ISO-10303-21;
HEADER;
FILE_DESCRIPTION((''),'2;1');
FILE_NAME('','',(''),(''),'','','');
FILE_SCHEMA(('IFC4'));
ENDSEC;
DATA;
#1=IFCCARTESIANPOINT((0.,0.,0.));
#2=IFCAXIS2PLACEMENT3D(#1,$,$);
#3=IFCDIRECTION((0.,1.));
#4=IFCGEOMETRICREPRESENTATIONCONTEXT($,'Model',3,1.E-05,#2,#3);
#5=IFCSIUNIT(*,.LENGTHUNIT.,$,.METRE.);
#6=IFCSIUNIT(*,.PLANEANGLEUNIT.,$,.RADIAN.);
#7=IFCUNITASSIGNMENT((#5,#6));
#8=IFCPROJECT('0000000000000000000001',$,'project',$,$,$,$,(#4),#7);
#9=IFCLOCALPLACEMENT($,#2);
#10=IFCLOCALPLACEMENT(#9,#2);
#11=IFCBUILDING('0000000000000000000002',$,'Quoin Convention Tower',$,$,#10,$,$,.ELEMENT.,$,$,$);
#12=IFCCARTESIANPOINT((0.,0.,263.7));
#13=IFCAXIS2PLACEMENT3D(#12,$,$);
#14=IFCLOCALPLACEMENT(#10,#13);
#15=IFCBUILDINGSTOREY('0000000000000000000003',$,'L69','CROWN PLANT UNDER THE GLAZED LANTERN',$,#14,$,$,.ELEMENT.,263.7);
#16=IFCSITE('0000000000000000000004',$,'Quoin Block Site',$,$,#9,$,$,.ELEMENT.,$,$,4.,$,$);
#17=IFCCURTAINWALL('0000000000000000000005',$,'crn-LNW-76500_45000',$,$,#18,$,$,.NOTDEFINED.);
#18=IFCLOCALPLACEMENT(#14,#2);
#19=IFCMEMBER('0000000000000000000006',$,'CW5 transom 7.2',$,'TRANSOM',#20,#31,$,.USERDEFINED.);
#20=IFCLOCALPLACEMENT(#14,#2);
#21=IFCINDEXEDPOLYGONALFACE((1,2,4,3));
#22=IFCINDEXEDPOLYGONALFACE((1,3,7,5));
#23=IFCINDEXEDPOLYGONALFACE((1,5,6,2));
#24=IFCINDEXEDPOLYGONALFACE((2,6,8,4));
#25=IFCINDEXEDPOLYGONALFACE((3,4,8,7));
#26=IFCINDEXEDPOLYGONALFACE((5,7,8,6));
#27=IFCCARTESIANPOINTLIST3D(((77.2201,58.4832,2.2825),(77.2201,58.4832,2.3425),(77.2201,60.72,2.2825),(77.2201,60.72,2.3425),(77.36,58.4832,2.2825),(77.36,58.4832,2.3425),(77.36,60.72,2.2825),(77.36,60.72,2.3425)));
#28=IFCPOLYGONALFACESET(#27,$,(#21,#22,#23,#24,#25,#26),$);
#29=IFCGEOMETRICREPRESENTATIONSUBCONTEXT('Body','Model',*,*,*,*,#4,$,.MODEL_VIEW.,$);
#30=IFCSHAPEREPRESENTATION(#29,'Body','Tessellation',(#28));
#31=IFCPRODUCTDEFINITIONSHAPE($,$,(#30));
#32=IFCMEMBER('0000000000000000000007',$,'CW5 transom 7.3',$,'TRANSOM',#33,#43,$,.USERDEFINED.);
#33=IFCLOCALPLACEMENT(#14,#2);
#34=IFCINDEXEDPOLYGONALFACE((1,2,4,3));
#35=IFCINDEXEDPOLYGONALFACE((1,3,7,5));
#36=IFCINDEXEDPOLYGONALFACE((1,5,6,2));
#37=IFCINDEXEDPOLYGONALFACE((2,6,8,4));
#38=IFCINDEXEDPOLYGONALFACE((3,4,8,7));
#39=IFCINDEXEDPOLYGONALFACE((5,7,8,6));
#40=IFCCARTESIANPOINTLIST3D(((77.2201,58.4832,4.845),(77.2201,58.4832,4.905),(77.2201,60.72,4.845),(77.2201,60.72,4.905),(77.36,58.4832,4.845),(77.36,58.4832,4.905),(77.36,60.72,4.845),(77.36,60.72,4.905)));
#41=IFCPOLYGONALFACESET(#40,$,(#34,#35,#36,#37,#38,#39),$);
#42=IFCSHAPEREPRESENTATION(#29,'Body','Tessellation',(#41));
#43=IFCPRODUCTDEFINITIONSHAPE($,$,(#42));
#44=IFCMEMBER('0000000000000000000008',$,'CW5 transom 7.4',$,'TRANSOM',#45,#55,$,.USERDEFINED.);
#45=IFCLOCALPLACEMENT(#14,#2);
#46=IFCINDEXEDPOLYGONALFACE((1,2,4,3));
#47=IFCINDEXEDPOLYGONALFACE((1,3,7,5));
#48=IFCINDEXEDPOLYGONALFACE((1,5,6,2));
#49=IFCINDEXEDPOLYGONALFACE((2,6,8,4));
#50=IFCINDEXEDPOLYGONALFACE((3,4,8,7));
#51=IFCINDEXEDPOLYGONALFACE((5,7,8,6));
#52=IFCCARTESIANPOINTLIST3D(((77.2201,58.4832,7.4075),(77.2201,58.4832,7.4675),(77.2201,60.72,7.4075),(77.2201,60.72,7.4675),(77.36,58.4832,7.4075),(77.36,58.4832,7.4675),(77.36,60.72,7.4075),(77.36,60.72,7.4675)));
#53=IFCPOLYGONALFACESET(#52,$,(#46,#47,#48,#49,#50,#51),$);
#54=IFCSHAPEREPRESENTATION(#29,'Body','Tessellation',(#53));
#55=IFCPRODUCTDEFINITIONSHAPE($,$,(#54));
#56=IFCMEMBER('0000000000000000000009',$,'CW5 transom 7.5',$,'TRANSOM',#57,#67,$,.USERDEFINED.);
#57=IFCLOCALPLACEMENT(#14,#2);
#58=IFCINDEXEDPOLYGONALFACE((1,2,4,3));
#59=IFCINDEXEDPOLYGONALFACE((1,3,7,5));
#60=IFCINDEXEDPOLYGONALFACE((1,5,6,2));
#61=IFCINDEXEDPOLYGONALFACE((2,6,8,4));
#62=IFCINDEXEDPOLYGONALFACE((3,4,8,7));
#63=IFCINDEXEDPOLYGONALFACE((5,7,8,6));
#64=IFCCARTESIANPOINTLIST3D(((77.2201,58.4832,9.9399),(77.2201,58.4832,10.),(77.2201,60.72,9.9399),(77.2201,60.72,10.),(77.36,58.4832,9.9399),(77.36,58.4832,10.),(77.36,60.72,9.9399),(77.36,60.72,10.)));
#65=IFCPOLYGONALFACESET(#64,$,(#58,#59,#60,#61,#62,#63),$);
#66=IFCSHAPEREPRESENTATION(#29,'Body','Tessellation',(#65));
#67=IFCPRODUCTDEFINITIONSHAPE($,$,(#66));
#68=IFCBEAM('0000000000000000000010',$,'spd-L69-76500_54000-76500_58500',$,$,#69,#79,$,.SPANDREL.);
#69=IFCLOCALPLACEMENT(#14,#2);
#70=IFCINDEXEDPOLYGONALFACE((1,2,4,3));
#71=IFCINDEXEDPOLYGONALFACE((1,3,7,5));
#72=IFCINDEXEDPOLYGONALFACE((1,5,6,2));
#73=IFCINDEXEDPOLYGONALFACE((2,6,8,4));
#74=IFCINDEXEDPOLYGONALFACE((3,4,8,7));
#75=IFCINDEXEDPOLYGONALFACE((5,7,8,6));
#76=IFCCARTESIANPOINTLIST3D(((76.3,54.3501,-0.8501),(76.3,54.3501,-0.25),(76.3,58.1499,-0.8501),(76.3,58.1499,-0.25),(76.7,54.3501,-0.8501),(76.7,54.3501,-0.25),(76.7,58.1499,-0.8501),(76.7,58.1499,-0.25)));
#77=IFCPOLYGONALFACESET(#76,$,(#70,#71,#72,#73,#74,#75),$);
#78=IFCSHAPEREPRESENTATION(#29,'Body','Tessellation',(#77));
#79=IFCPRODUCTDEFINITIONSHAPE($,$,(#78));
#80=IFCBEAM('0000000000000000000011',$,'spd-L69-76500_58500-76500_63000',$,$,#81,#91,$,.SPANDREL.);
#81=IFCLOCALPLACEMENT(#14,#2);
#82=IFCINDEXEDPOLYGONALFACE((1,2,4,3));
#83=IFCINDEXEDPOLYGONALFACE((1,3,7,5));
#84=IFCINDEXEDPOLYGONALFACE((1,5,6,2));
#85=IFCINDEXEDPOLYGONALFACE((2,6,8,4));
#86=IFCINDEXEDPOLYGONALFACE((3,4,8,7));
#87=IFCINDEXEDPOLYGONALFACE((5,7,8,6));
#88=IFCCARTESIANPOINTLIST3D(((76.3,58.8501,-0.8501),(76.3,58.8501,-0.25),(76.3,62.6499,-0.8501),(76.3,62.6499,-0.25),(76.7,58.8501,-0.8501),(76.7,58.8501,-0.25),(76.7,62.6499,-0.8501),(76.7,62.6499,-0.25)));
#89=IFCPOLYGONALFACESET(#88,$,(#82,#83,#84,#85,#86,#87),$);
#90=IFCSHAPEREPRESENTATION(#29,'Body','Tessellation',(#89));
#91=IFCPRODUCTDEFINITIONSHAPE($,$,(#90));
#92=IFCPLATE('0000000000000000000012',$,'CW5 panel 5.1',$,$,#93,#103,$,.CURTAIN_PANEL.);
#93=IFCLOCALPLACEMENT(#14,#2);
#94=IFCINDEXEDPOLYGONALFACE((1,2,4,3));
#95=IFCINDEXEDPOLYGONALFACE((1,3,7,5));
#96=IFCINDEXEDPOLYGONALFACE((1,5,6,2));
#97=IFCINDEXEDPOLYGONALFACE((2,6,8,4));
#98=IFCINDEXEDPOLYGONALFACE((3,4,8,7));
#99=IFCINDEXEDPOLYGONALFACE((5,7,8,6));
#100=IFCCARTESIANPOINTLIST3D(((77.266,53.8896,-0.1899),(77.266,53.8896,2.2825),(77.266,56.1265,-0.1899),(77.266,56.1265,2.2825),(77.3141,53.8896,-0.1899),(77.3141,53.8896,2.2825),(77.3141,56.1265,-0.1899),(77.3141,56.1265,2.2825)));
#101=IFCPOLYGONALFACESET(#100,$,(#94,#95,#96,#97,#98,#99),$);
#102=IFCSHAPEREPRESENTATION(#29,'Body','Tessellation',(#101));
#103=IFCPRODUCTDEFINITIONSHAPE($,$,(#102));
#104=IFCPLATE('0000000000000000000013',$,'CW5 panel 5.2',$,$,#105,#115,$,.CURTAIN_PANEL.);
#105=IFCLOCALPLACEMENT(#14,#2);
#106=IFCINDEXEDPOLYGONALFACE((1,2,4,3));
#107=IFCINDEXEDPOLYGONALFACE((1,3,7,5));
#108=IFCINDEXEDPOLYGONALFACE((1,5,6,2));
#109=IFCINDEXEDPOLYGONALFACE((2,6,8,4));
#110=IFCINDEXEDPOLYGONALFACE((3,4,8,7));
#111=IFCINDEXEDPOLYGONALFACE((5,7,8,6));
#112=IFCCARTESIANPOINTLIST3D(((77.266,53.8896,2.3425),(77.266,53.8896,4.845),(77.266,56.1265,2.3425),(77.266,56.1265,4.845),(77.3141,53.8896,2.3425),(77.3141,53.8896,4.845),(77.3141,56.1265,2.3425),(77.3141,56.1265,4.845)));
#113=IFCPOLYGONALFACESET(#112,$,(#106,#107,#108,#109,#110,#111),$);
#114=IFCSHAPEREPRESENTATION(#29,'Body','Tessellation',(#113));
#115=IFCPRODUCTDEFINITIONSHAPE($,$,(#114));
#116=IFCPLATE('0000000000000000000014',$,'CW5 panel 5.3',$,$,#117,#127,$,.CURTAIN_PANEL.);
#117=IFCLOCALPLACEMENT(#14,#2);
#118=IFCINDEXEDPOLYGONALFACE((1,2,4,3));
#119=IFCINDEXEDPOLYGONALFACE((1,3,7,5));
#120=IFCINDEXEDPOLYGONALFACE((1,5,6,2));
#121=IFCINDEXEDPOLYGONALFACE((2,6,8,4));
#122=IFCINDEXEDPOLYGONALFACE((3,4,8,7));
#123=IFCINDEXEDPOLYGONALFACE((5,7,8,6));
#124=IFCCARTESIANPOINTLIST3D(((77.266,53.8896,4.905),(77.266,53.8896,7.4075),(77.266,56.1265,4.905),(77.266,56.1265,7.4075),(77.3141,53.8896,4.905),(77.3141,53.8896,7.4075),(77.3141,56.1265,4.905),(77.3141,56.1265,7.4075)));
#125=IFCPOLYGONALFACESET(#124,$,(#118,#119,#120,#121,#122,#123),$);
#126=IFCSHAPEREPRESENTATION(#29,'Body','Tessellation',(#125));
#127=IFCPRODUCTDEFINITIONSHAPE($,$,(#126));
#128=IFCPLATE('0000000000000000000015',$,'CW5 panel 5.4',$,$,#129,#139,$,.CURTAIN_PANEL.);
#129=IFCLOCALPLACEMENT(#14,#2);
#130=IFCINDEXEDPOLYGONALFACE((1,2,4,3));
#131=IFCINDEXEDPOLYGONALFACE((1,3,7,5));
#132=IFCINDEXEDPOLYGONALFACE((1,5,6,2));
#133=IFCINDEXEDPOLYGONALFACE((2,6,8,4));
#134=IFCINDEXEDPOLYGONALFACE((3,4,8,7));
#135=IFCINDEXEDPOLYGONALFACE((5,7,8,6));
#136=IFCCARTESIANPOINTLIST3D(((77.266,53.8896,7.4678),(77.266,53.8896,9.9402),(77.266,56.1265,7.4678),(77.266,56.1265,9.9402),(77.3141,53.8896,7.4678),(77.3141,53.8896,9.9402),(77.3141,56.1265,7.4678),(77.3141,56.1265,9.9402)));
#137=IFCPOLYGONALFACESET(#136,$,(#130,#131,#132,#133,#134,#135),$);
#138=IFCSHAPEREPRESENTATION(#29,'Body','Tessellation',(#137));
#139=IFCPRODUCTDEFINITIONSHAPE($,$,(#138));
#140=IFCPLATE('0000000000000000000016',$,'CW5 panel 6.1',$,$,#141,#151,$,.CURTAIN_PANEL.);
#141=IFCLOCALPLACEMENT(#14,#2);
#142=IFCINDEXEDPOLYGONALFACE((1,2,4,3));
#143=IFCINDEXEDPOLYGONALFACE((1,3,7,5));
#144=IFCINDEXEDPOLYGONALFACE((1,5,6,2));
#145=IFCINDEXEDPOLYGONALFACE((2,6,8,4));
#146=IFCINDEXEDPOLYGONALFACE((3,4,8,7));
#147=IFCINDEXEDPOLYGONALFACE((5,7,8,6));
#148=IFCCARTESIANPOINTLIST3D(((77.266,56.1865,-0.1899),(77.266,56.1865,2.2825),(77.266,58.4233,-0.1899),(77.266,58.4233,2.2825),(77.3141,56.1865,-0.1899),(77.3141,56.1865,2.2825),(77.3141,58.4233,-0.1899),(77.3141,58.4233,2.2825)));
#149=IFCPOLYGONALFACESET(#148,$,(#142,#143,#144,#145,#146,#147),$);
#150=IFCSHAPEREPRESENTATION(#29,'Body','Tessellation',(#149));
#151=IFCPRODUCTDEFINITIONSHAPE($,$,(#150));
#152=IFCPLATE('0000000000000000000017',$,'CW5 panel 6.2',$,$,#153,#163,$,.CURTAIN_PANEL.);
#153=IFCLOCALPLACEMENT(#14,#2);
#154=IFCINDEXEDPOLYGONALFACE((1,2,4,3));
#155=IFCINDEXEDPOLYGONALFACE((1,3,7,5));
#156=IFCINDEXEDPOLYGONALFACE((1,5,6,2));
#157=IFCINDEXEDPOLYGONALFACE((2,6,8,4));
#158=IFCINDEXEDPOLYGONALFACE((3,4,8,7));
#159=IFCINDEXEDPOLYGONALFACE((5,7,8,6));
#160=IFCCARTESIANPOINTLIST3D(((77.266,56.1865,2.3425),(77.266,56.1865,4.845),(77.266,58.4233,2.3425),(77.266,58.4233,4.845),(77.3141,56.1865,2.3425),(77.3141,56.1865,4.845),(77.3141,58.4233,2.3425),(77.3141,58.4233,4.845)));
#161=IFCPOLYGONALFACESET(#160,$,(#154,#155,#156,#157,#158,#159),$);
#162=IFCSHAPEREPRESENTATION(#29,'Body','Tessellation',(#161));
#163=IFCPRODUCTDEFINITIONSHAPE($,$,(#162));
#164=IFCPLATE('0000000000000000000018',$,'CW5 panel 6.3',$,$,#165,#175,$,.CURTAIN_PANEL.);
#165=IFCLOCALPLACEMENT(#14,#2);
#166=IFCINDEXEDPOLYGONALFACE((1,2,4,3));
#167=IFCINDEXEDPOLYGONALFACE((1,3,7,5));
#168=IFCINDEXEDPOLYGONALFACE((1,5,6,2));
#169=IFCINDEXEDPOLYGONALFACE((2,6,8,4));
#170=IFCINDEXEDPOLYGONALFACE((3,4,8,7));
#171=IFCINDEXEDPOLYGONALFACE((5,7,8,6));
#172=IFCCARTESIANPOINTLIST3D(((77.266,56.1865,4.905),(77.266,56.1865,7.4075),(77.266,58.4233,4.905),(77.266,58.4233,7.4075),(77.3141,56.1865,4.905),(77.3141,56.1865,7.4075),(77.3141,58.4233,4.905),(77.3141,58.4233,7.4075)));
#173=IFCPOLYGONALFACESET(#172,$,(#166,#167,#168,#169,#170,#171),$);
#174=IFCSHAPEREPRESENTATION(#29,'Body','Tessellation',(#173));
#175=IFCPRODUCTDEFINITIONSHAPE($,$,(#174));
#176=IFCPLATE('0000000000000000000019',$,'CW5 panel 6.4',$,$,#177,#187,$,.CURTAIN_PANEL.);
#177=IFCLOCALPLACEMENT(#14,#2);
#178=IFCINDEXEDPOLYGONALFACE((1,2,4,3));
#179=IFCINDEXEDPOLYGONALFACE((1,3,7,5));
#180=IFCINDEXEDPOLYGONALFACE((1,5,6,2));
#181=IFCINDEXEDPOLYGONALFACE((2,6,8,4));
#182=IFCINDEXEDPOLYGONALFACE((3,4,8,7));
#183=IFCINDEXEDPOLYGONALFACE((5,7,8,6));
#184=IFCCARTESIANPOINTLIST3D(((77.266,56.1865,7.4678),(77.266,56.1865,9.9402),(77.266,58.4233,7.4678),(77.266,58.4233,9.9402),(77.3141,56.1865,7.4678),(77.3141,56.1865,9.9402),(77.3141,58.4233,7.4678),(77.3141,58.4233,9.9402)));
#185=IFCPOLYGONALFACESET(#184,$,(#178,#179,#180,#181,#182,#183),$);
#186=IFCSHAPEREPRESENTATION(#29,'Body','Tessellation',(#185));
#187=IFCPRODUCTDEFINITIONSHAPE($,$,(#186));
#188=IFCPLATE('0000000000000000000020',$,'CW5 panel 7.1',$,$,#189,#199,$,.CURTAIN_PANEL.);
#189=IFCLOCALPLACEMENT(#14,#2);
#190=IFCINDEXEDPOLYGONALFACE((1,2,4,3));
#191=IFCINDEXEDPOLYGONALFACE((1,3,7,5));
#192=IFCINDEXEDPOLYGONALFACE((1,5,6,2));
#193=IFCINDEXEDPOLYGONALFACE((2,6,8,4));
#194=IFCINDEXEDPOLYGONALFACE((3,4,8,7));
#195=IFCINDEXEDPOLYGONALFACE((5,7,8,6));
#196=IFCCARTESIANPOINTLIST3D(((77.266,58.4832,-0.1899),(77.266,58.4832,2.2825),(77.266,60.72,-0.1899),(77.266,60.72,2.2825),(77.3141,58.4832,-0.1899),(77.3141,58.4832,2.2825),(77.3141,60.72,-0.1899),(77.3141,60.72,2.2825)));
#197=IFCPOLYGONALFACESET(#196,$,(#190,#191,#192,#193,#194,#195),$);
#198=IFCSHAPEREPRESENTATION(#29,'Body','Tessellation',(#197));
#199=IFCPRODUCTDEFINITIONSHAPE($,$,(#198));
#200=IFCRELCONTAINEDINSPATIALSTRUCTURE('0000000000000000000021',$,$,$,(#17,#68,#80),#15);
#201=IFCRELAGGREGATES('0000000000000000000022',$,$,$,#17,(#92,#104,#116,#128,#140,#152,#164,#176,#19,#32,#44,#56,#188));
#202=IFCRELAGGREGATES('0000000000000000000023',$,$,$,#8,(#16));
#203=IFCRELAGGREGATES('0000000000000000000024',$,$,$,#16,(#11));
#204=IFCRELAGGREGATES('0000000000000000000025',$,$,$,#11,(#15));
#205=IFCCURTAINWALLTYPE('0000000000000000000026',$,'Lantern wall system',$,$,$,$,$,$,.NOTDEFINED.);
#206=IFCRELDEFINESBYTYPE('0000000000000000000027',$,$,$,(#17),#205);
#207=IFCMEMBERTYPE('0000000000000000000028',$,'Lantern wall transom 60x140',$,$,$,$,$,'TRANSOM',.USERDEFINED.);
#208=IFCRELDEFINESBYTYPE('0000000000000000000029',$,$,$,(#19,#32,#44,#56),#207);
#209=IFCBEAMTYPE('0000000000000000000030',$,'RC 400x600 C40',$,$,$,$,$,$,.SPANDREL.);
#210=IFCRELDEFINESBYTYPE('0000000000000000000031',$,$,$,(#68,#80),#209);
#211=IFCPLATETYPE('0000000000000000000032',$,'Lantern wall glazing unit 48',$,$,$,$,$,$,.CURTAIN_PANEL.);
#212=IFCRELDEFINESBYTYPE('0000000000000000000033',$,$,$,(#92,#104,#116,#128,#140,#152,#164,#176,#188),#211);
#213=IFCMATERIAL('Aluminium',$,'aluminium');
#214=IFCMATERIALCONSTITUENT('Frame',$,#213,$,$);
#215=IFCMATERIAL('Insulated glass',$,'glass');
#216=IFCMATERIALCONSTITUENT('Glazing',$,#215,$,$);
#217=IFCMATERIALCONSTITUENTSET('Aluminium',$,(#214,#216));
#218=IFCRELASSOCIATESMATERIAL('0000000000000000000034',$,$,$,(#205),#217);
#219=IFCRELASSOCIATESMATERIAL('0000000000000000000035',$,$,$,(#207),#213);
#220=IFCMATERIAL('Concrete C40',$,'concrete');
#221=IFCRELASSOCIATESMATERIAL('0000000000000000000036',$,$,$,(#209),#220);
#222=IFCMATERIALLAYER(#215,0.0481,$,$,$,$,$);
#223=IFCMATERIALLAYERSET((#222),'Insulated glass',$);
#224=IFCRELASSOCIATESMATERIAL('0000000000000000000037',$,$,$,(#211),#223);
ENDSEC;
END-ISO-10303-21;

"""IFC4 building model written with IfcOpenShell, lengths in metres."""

from ifc_helpers import new_model, si_unit, direction, frame, origin, origin_2d, place, context, subcontext, project, spatial, rectangle, extrude, material, layer, layer_set, constituent, constituent_set, material_profile, profile_set, type_object, element, aggregate, save


model = new_model("IFC4")

# Units and contexts
model_context = context("Model", 3, precision=1e-05, world=origin(), true_north=direction((0.0, 1.0)))
body_context = subcontext(model_context, "Body", "Model", "MODEL_VIEW")
ifc_project = project(units=[si_unit("LENGTHUNIT", "METRE"), si_unit("PLANEANGLEUNIT", "RADIAN")], contexts=[model_context])

# Site, building, storey
site_placement = place(None, origin())
site = spatial("IfcSite", under=ifc_project, at=site_placement, Name="Quoin Block Site", CompositionType="ELEMENT", RefElevation=4.0)
building_placement = place(site_placement, origin())
building = spatial("IfcBuilding", under=site, at=building_placement, Name="Quoin Convention Tower", CompositionType="ELEMENT")
storey_placement = place(building_placement, frame((0.0, 0.0, 263.7)))
storey = spatial("IfcBuildingStorey", under=building, at=storey_placement, Name="L69", Description="CROWN PLANT UNDER THE GLAZED LANTERN", CompositionType="ELEMENT", Elevation=263.7)

# Shared definitions
ifc_material_1 = material(Name="Concrete C40", Category="concrete")

# Curtain wall, members
ifc_material_2 = material(Name="Aluminium", Category="aluminium")
ifc_constituent_1 = constituent(ifc_material_2, Name="Frame")
ifc_material_3 = material(Name="Insulated glass", Category="glass")
ifc_constituent_2 = constituent(ifc_material_3, Name="Glazing")
ifc_constituent_set = constituent_set(constituents=[ifc_constituent_1, ifc_constituent_2], Name="Aluminium")
curtain_wall_type = type_object("IfcCurtainWallType", Name="Lantern wall system", PredefinedType="NOTDEFINED", material=ifc_constituent_set)
curtain_wall_placement = place(storey_placement, origin())
curtain_wall = element("IfcCurtainWall", 1, at=curtain_wall_placement, inside=storey, type_object=curtain_wall_type, Name="crn-LNW-76500_45000", PredefinedType="NOTDEFINED")
ifc_material_profile_1 = material_profile(ifc_material_2, rectangle(XDim=0.1399, YDim=0.0601, at=origin_2d()), Name="Lantern wall transom 60x140")
ifc_profile_set_1 = profile_set([ifc_material_profile_1], Name="Aluminium")
member_type_1 = type_object("IfcMemberType", Name="Lantern wall transom 60x140", ElementType="TRANSOM", PredefinedType="USERDEFINED", material=ifc_profile_set_1)
member_1_placement = place(storey_placement, frame((77.29, 58.4832, 2.3125), z_axis=(0.0, 1.0, 0.0), x_axis=(-1.0, 0.0, 0.0)))
member_1 = element("IfcMember", 2, at=member_1_placement, type_object=member_type_1, Name="CW5 transom 7.2", ObjectType="TRANSOM", PredefinedType="USERDEFINED", context=body_context, shape_type="SweptSolid", body=[
    extrude(rectangle(XDim=0.1399, YDim=0.0601, at=origin_2d()), origin(), (0.0, 0.0, 1.0), 2.2368),
])
member_2_placement = place(storey_placement, frame((77.29, 58.4832, 4.875), z_axis=(0.0, 1.0, 0.0), x_axis=(-1.0, 0.0, 0.0)))
member_2 = element("IfcMember", 3, at=member_2_placement, type_object=member_type_1, Name="CW5 transom 7.3", ObjectType="TRANSOM", PredefinedType="USERDEFINED", context=body_context, shape_type="SweptSolid", body=[
    extrude(rectangle(XDim=0.1399, YDim=0.0601, at=origin_2d()), origin(), (0.0, 0.0, 1.0), 2.2368),
])
member_3_placement = place(storey_placement, frame((77.29, 58.4832, 7.4375), z_axis=(0.0, 1.0, 0.0), x_axis=(-1.0, 0.0, 0.0)))
member_3 = element("IfcMember", 4, at=member_3_placement, type_object=member_type_1, Name="CW5 transom 7.4", ObjectType="TRANSOM", PredefinedType="USERDEFINED", context=body_context, shape_type="SweptSolid", body=[
    extrude(rectangle(XDim=0.1399, YDim=0.0601, at=origin_2d()), origin(), (0.0, 0.0, 1.0), 2.2368),
])
member_4_placement = place(storey_placement, frame((77.29, 58.4832, 9.97), z_axis=(0.0, 1.0, 0.0), x_axis=(-1.0, 0.0, 0.0)))
member_4 = element("IfcMember", 5, at=member_4_placement, type_object=member_type_1, Name="CW5 transom 7.5", ObjectType="TRANSOM", PredefinedType="USERDEFINED", context=body_context, shape_type="SweptSolid", body=[
    extrude(rectangle(XDim=0.1399, YDim=0.0601, at=origin_2d()), origin(), (0.0, 0.0, 1.0), 2.2368),
])

# Beams
ifc_material_profile_2 = material_profile(ifc_material_1, rectangle(XDim=0.3999, YDim=0.6001, at=origin_2d()), Name="RC 400x600")
ifc_profile_set_2 = profile_set([ifc_material_profile_2], Name="Concrete C40")
beam_type = type_object("IfcBeamType", Name="RC 400x600 C40", PredefinedType="SPANDREL", material=ifc_profile_set_2)
for number, where, z_axis, x_axis, name in (
    (6, (76.5, 54.3501, -0.55), (0.0, 1.0, 0.0), (-1.0, 0.0, 0.0), "spd-L69-76500_54000-76500_58500"),
    (7, (76.5, 58.8501, -0.55), (0.0, 1.0, 0.0), (-1.0, 0.0, 0.0), "spd-L69-76500_58500-76500_63000"),
):
    element("IfcBeam", number, at=place(storey_placement, frame(where, z_axis=z_axis, x_axis=x_axis)), inside=storey, type_object=beam_type, Name=name, PredefinedType="SPANDREL", context=body_context, shape_type="SweptSolid", body=[
        extrude(rectangle(XDim=0.3999, YDim=0.6001, at=origin_2d()), origin(), (0.0, 0.0, 1.0), 3.7998),
    ])

# Plates
ifc_layer = layer(ifc_material_3, 0.0481)
ifc_layer_set = layer_set([ifc_layer], Name="Insulated glass")
plate_type = type_object("IfcPlateType", Name="Lantern wall glazing unit 48", PredefinedType="CURTAIN_PANEL", material=ifc_layer_set)
plate_1_placement = place(storey_placement, frame((77.29, 55.0081, -0.1899), z_axis=(0.0, 0.0, 1.0), x_axis=(0.0, 1.0, 0.0)))
plate_1 = element("IfcPlate", 8, at=plate_1_placement, type_object=plate_type, Name="CW5 panel 5.1", PredefinedType="CURTAIN_PANEL", context=body_context, shape_type="SweptSolid", body=[
    extrude(rectangle(XDim=2.2368, YDim=0.0481, at=origin_2d()), origin(), (0.0, 0.0, 1.0), 2.4724),
])
plate_2_placement = place(storey_placement, frame((77.29, 55.0081, 2.3425), z_axis=(0.0, 0.0, 1.0), x_axis=(0.0, 1.0, 0.0)))
plate_2 = element("IfcPlate", 9, at=plate_2_placement, type_object=plate_type, Name="CW5 panel 5.2", PredefinedType="CURTAIN_PANEL", context=body_context, shape_type="SweptSolid", body=[
    extrude(rectangle(XDim=2.2368, YDim=0.0481, at=origin_2d()), origin(), (0.0, 0.0, 1.0), 2.5024),
])
plate_3_placement = place(storey_placement, frame((77.29, 55.0081, 4.905), z_axis=(0.0, 0.0, 1.0), x_axis=(0.0, 1.0, 0.0)))
plate_3 = element("IfcPlate", 10, at=plate_3_placement, type_object=plate_type, Name="CW5 panel 5.3", PredefinedType="CURTAIN_PANEL", context=body_context, shape_type="SweptSolid", body=[
    extrude(rectangle(XDim=2.2368, YDim=0.0481, at=origin_2d()), origin(), (0.0, 0.0, 1.0), 2.5024),
])
plate_4_placement = place(storey_placement, frame((77.29, 55.0081, 7.4678), z_axis=(0.0, 0.0, 1.0), x_axis=(0.0, 1.0, 0.0)))
plate_4 = element("IfcPlate", 11, at=plate_4_placement, type_object=plate_type, Name="CW5 panel 5.4", PredefinedType="CURTAIN_PANEL", context=body_context, shape_type="SweptSolid", body=[
    extrude(rectangle(XDim=2.2368, YDim=0.0481, at=origin_2d()), origin(), (0.0, 0.0, 1.0), 2.4724),
])
plate_5_placement = place(storey_placement, frame((77.29, 57.3049, -0.1899), z_axis=(0.0, 0.0, 1.0), x_axis=(0.0, 1.0, 0.0)))
plate_5 = element("IfcPlate", 12, at=plate_5_placement, type_object=plate_type, Name="CW5 panel 6.1", PredefinedType="CURTAIN_PANEL", context=body_context, shape_type="SweptSolid", body=[
    extrude(rectangle(XDim=2.2368, YDim=0.0481, at=origin_2d()), origin(), (0.0, 0.0, 1.0), 2.4724),
])
plate_6_placement = place(storey_placement, frame((77.29, 57.3049, 2.3425), z_axis=(0.0, 0.0, 1.0), x_axis=(0.0, 1.0, 0.0)))
plate_6 = element("IfcPlate", 13, at=plate_6_placement, type_object=plate_type, Name="CW5 panel 6.2", PredefinedType="CURTAIN_PANEL", context=body_context, shape_type="SweptSolid", body=[
    extrude(rectangle(XDim=2.2368, YDim=0.0481, at=origin_2d()), origin(), (0.0, 0.0, 1.0), 2.5024),
])
plate_7_placement = place(storey_placement, frame((77.29, 57.3049, 4.905), z_axis=(0.0, 0.0, 1.0), x_axis=(0.0, 1.0, 0.0)))
plate_7 = element("IfcPlate", 14, at=plate_7_placement, type_object=plate_type, Name="CW5 panel 6.3", PredefinedType="CURTAIN_PANEL", context=body_context, shape_type="SweptSolid", body=[
    extrude(rectangle(XDim=2.2368, YDim=0.0481, at=origin_2d()), origin(), (0.0, 0.0, 1.0), 2.5024),
])
plate_8_placement = place(storey_placement, frame((77.29, 57.3049, 7.4678), z_axis=(0.0, 0.0, 1.0), x_axis=(0.0, 1.0, 0.0)))
plate_8 = element("IfcPlate", 15, at=plate_8_placement, type_object=plate_type, Name="CW5 panel 6.4", PredefinedType="CURTAIN_PANEL", context=body_context, shape_type="SweptSolid", body=[
    extrude(rectangle(XDim=2.2368, YDim=0.0481, at=origin_2d()), origin(), (0.0, 0.0, 1.0), 2.4724),
])
plate_9_placement = place(storey_placement, frame((77.29, 59.6016, -0.1899), z_axis=(0.0, 0.0, 1.0), x_axis=(0.0, 1.0, 0.0)))
plate_9 = element("IfcPlate", 16, at=plate_9_placement, type_object=plate_type, Name="CW5 panel 7.1", PredefinedType="CURTAIN_PANEL", context=body_context, shape_type="SweptSolid", body=[
    extrude(rectangle(XDim=2.2368, YDim=0.0481, at=origin_2d()), origin(), (0.0, 0.0, 1.0), 2.4724),
])
aggregate(curtain_wall, [plate_1, plate_2, plate_3, plate_4, plate_5, plate_6, plate_7, plate_8, member_1, member_2, member_3, member_4, plate_9])

save(model, "model.ifc")
